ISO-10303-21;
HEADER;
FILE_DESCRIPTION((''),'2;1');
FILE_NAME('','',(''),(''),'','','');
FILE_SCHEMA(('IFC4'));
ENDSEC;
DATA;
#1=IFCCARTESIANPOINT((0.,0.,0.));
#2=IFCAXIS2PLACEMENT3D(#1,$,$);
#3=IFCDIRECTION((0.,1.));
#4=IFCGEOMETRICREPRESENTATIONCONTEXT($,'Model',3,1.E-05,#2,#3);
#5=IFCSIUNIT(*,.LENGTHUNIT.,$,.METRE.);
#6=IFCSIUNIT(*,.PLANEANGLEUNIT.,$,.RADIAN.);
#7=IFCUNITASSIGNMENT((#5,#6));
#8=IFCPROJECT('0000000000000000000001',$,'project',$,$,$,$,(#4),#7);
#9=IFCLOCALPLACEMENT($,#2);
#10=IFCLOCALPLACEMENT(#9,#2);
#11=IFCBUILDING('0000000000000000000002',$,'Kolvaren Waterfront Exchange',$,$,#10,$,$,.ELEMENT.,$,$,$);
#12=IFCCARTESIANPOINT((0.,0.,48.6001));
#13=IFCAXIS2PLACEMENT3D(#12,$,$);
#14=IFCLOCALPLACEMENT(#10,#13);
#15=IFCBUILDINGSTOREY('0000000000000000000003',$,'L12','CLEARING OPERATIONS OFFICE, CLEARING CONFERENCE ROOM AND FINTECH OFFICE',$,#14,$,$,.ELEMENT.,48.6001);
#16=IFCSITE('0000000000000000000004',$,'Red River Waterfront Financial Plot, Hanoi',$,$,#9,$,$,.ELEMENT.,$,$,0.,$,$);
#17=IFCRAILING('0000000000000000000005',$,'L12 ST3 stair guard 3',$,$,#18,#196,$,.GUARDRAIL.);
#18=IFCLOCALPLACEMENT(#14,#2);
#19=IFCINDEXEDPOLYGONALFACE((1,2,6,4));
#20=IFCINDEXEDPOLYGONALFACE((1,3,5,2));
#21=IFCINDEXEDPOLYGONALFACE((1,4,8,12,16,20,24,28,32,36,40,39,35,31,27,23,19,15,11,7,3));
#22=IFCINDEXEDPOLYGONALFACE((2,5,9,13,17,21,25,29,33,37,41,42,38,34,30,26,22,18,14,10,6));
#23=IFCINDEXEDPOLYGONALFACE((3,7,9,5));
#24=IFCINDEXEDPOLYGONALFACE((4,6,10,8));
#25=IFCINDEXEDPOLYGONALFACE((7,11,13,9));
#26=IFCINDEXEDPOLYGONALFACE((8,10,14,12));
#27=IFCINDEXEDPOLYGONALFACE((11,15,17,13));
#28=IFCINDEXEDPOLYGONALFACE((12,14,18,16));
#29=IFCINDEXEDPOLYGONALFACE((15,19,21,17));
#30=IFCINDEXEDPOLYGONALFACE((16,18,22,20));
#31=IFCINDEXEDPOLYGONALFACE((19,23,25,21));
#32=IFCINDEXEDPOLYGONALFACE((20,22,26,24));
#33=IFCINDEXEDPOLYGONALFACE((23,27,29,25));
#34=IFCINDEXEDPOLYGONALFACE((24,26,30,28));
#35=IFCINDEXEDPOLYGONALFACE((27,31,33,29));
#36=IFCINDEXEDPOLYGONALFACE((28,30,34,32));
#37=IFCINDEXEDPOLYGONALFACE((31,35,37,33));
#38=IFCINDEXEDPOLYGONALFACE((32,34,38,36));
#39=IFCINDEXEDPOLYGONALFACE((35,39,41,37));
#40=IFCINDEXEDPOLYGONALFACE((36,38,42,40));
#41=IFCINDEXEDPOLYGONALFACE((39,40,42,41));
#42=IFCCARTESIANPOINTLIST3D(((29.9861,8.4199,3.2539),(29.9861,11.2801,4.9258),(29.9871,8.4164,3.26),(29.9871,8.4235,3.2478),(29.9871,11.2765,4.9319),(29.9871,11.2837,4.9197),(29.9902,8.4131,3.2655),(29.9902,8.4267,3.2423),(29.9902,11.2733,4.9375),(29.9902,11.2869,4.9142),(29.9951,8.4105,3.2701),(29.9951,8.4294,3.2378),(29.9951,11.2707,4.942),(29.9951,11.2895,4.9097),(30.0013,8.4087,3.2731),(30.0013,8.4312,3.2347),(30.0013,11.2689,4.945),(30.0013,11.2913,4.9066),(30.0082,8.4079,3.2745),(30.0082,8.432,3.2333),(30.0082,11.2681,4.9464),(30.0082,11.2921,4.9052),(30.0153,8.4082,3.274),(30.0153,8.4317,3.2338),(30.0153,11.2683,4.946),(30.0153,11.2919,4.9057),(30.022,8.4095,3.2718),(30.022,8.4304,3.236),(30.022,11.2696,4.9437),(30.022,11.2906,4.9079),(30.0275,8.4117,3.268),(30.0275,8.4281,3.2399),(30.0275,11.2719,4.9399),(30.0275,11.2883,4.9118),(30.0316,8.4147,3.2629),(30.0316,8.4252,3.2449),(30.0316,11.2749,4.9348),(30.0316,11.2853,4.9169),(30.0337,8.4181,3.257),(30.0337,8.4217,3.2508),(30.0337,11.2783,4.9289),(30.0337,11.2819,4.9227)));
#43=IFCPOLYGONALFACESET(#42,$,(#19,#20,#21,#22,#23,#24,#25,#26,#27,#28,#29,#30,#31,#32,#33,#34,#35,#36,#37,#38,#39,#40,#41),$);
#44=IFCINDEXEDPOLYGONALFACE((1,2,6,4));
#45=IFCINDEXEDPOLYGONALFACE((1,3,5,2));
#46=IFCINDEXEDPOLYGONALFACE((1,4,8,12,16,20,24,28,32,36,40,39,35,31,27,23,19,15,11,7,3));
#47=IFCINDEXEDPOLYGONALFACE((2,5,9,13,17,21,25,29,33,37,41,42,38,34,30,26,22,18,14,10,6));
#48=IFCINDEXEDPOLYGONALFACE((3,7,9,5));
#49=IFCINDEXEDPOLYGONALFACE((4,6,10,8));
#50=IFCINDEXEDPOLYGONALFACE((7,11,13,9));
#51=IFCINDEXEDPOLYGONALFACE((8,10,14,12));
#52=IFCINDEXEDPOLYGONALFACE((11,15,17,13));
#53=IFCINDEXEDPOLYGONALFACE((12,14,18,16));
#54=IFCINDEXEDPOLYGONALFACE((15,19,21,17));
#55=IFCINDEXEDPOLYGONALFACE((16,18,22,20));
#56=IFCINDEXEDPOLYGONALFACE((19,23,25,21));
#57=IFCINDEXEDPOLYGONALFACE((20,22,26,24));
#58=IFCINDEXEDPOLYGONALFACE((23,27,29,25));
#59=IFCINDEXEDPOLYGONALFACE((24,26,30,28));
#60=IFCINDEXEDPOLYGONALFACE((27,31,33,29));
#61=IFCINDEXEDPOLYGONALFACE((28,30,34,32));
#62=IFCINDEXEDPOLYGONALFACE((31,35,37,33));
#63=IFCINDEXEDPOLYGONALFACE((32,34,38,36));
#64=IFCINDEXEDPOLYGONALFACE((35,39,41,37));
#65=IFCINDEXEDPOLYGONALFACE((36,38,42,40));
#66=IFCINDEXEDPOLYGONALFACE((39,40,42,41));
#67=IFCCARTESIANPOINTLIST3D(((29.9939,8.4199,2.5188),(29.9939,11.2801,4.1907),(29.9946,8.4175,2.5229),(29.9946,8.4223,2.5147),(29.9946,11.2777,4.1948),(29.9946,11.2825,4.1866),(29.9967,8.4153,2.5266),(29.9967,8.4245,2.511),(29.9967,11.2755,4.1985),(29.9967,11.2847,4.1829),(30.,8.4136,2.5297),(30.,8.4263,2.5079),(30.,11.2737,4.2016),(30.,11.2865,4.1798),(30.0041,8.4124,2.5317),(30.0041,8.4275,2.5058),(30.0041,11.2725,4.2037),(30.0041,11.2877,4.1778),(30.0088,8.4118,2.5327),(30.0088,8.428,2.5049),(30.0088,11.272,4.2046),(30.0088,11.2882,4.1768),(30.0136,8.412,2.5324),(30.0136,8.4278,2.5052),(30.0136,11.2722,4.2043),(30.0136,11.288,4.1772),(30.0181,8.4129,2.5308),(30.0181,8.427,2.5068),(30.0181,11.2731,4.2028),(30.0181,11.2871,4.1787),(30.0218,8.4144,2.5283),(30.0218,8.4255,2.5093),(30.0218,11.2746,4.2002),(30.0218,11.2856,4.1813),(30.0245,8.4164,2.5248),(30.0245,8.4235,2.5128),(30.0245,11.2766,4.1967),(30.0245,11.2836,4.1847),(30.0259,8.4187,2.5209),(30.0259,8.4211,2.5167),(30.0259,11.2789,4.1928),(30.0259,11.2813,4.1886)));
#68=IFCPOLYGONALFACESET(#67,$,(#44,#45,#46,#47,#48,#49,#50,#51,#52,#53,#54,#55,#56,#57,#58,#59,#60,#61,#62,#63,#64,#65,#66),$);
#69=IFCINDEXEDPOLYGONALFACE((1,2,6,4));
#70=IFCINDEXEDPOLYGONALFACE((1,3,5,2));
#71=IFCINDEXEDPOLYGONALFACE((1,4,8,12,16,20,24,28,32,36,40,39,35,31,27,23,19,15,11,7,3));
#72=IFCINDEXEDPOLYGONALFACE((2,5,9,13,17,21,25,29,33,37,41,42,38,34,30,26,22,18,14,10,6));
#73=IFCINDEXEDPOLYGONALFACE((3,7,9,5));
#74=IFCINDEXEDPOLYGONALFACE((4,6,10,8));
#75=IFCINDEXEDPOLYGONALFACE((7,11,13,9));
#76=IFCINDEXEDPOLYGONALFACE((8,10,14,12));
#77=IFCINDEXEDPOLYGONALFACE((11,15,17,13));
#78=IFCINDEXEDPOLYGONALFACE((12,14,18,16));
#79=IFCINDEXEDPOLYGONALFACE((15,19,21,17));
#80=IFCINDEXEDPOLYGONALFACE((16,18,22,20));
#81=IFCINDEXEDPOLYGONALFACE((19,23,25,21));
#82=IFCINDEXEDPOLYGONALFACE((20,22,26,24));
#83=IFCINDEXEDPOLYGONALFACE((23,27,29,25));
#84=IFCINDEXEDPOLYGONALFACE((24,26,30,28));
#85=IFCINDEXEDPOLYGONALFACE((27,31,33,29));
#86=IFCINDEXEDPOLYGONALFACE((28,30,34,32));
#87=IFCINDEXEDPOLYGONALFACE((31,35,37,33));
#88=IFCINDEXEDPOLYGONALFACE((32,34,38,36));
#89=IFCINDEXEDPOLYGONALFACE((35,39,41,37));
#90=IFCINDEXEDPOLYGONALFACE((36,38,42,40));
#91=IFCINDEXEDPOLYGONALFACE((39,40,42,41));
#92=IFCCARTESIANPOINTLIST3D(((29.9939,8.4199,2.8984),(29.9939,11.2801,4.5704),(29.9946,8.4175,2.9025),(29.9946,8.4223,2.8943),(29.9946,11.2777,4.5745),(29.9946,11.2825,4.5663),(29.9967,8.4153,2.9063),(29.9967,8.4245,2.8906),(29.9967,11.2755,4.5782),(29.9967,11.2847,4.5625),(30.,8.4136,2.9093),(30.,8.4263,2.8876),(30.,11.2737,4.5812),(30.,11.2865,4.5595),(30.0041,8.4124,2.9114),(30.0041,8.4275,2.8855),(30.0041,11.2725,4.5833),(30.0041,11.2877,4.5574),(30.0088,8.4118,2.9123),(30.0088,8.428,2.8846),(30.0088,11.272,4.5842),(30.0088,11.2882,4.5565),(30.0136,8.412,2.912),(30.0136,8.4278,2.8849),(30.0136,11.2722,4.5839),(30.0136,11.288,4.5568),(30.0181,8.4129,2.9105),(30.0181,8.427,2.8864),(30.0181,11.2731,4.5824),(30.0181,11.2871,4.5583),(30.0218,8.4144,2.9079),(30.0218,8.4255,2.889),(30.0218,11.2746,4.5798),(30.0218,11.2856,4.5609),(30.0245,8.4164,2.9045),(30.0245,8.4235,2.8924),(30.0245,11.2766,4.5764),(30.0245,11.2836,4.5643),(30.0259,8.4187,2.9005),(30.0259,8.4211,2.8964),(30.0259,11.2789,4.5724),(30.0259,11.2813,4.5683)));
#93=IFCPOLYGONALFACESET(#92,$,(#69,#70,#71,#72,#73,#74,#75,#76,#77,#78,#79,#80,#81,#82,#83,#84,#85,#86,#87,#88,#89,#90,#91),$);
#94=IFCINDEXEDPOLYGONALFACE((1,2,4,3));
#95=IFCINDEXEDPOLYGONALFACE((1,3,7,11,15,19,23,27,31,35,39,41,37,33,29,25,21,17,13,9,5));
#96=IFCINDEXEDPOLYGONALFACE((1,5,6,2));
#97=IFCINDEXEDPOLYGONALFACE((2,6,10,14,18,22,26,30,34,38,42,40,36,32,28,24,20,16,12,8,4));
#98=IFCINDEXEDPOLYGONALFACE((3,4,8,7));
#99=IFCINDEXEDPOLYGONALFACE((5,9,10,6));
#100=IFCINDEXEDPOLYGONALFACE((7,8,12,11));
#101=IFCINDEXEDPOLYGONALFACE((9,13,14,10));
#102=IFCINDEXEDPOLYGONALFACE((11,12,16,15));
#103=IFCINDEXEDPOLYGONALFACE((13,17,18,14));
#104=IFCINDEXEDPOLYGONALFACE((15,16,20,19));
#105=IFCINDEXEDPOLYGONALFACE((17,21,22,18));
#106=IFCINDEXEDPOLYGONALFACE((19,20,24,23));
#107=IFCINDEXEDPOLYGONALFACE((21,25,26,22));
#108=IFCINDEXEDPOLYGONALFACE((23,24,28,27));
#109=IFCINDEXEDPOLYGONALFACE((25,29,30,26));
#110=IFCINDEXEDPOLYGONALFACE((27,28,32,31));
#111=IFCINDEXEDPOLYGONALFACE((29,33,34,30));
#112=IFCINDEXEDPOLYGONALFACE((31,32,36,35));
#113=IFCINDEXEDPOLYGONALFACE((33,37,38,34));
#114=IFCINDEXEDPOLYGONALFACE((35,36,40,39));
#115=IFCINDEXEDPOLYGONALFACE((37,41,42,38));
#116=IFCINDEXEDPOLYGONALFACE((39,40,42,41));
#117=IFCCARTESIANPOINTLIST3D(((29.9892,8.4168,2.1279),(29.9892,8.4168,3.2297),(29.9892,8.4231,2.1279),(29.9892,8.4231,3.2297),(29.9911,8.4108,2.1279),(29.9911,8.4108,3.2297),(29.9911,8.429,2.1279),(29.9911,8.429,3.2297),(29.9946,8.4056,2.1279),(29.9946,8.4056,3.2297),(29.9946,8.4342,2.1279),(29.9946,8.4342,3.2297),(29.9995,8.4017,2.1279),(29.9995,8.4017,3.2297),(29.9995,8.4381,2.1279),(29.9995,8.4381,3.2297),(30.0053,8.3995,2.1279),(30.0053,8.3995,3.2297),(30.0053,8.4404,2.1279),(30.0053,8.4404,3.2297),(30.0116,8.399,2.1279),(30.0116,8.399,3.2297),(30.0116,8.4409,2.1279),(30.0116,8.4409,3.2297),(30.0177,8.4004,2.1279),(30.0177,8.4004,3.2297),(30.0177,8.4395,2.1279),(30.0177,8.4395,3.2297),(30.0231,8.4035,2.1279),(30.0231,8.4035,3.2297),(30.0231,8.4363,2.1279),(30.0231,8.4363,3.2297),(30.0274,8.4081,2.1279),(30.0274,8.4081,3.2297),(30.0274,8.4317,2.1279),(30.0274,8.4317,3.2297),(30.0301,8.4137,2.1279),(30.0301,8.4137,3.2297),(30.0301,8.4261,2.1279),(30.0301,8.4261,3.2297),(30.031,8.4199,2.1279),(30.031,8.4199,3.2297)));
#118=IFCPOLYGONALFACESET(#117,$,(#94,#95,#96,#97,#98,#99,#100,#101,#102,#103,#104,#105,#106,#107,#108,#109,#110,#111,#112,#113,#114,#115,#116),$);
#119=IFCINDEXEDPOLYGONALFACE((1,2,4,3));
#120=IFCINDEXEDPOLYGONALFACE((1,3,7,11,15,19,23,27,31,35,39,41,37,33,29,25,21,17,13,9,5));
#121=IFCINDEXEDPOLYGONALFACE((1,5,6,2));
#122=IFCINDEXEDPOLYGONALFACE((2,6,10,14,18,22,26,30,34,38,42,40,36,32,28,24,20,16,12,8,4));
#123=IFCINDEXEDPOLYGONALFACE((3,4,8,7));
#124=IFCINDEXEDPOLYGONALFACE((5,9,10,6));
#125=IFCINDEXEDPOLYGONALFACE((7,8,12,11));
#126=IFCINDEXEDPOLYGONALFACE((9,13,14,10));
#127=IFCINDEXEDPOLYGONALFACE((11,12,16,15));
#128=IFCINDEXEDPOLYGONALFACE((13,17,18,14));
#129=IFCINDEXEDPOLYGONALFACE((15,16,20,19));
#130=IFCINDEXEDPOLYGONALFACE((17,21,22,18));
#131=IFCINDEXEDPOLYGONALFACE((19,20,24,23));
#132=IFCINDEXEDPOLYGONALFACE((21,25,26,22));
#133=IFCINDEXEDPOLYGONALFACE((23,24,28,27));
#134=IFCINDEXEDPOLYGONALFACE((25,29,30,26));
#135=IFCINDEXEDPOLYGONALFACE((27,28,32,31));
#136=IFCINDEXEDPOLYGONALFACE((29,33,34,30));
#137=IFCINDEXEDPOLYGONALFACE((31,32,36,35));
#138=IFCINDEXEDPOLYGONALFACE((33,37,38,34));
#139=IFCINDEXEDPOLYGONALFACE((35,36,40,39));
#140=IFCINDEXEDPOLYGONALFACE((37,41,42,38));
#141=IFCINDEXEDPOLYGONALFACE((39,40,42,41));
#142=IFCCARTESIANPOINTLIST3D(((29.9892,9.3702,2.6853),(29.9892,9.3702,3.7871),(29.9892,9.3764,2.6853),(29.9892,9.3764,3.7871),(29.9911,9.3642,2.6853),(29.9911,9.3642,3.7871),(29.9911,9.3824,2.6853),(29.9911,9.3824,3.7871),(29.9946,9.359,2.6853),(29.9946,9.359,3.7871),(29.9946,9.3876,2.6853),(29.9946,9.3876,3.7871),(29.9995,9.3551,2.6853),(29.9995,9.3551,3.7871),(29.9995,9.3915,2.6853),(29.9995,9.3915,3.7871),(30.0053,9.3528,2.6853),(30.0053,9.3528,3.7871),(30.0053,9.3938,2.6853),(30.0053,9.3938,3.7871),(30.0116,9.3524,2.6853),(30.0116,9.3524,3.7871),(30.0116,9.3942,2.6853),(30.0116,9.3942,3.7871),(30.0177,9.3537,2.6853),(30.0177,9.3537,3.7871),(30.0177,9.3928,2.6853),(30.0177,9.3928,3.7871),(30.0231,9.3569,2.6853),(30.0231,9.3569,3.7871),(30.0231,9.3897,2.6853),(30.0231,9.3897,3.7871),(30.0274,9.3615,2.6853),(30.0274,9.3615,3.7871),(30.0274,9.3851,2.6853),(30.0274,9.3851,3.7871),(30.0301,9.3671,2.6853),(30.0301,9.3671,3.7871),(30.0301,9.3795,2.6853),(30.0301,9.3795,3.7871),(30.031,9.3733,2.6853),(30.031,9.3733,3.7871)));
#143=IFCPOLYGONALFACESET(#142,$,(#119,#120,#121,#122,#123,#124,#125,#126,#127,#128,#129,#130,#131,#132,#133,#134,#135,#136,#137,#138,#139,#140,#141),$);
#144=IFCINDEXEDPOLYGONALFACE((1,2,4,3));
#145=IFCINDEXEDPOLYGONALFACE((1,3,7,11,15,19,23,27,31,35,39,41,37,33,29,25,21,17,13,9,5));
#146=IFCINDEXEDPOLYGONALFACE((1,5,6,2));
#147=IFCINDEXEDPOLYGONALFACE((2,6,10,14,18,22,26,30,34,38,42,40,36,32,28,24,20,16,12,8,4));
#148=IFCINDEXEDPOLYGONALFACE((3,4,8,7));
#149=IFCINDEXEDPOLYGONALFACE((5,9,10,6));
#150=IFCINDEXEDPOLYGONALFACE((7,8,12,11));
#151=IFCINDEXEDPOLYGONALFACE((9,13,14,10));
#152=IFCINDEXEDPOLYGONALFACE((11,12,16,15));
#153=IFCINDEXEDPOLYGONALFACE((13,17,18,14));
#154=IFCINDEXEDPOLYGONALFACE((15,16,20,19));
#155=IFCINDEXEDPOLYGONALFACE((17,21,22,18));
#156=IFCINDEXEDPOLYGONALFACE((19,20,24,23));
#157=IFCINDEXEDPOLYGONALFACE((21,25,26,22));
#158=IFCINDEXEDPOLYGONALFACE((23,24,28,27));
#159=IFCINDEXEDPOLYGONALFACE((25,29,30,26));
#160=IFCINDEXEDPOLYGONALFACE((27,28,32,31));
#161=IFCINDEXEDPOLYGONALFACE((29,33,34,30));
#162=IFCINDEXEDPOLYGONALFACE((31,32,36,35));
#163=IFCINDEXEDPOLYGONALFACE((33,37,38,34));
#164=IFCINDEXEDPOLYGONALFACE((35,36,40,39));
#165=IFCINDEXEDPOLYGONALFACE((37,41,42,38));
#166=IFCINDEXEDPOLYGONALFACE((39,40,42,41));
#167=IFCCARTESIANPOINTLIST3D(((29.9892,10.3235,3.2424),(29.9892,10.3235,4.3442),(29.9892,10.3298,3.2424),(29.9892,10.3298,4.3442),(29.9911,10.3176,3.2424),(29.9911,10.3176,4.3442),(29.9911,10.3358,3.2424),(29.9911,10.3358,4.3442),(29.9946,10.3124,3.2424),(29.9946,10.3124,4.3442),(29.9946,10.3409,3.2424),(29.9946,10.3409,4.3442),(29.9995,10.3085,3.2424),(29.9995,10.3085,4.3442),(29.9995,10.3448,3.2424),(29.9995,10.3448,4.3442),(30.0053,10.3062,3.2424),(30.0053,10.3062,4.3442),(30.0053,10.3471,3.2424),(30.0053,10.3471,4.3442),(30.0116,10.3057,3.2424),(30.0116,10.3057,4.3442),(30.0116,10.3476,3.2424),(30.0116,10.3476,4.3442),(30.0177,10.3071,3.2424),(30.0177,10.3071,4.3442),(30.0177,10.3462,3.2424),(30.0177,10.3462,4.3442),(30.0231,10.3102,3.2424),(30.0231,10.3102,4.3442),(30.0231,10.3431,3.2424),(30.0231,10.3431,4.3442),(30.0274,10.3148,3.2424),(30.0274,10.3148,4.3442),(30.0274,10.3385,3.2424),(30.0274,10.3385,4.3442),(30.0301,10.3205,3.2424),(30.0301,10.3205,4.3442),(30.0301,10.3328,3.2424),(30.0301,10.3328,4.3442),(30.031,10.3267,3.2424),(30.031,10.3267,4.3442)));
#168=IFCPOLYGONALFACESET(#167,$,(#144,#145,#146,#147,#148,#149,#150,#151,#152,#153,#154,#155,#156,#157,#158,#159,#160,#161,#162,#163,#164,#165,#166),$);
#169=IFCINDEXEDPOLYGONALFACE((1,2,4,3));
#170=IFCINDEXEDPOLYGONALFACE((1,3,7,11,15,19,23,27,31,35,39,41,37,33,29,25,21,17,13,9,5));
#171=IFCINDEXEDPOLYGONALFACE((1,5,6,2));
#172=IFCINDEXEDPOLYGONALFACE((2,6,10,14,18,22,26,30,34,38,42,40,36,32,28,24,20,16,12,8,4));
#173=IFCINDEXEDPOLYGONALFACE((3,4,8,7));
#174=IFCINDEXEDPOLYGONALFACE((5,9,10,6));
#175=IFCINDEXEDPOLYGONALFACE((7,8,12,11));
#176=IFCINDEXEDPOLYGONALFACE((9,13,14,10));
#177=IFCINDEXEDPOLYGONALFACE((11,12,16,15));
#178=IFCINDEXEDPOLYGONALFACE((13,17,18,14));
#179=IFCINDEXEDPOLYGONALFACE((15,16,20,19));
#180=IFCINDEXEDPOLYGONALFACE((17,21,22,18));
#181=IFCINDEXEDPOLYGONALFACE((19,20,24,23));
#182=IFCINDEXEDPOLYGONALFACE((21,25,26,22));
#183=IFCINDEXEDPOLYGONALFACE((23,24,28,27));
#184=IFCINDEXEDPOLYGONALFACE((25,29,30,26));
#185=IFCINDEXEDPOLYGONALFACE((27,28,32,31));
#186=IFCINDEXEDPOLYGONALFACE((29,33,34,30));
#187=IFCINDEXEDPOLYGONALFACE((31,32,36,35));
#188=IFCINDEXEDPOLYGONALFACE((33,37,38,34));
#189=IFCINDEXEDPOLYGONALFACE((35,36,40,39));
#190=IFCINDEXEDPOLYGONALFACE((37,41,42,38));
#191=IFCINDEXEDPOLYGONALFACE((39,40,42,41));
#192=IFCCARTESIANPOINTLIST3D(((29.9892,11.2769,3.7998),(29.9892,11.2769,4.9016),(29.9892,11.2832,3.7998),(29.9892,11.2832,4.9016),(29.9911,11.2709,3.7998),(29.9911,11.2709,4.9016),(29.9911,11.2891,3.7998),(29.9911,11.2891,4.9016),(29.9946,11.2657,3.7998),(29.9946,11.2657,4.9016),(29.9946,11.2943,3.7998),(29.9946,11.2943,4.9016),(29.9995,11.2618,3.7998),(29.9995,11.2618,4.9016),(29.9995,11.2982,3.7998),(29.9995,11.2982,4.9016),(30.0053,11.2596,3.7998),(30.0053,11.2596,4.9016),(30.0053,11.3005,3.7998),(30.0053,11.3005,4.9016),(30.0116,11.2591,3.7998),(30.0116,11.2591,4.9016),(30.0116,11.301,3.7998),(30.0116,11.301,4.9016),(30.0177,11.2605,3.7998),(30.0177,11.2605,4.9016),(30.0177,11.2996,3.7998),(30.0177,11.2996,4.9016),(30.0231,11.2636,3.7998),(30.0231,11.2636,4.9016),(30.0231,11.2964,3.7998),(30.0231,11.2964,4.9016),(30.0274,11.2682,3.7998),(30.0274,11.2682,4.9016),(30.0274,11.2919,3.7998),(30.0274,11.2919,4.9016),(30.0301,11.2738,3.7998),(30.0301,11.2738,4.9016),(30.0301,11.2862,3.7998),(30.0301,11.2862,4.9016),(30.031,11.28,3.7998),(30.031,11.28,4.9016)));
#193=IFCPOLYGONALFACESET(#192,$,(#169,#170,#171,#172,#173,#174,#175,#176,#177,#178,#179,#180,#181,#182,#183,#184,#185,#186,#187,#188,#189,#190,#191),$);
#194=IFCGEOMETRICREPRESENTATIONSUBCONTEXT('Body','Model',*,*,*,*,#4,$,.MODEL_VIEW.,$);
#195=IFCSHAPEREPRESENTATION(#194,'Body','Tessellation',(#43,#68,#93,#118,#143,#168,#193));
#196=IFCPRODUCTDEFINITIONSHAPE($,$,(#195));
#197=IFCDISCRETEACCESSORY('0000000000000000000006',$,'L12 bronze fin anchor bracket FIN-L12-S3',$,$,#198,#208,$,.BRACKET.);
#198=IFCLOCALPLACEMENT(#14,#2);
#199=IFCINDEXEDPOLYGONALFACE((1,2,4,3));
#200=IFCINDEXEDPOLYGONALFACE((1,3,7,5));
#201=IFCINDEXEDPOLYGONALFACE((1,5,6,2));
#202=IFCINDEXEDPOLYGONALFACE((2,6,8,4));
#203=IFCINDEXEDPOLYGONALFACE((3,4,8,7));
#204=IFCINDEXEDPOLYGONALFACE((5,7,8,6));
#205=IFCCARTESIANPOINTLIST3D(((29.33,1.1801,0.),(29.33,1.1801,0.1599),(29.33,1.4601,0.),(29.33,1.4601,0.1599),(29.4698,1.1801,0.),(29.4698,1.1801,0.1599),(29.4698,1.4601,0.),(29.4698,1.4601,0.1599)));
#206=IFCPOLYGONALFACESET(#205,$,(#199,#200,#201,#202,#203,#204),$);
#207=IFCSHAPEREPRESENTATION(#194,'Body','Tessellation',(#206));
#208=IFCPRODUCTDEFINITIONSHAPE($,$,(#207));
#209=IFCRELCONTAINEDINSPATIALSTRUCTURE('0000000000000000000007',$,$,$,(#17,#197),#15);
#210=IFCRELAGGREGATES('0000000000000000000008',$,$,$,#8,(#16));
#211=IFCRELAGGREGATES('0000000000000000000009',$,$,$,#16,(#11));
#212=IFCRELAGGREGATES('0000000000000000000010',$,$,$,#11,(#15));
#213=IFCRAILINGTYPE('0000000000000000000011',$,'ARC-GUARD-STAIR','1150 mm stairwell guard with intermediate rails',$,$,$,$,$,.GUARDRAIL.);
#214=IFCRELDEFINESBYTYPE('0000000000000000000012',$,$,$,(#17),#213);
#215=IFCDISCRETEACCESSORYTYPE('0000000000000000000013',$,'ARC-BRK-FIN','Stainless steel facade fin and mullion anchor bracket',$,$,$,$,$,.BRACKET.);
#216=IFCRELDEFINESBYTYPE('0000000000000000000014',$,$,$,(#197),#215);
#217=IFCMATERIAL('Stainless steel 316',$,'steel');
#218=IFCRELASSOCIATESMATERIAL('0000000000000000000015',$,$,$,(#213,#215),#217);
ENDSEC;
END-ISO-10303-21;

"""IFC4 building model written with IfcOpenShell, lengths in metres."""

from ifc_helpers import new_model, si_unit, direction, frame, origin, origin_with_axes, origin_2d, place, context, subcontext, project, spatial, rectangle, circle, extrude, source, transform, mapped, material, type_object, element, save


model = new_model("IFC4")

# Units and contexts
model_context = context("Model", 3, precision=1e-05, world=origin(), true_north=direction((0.0, 1.0)))
body_context = subcontext(model_context, "Body", "Model", "MODEL_VIEW")
ifc_project = project(units=[si_unit("LENGTHUNIT", "METRE"), si_unit("PLANEANGLEUNIT", "RADIAN")], contexts=[model_context])

# Site, building, storey
site_placement = place(None, origin())
site = spatial("IfcSite", under=ifc_project, at=site_placement, Name="Red River Waterfront Financial Plot, Hanoi", CompositionType="ELEMENT", RefElevation=0.0)
building_placement = place(site_placement, origin())
building = spatial("IfcBuilding", under=site, at=building_placement, Name="Kolvaren Waterfront Exchange", CompositionType="ELEMENT")
storey_placement = place(building_placement, frame((0.0, 0.0, 48.6001)))
storey = spatial("IfcBuildingStorey", under=building, at=storey_placement, Name="L12", Description="CLEARING OPERATIONS OFFICE, CLEARING CONFERENCE ROOM AND FINTECH OFFICE", CompositionType="ELEMENT", Elevation=48.6001)

# Railing
ifc_material_1 = material(Name="Stainless steel 316", Category="steel")
railing_type = type_object("IfcRailingType", Name="ARC-GUARD-STAIR", Description="1150 mm stairwell guard with intermediate rails", PredefinedType="GUARDRAIL", material=ifc_material_1)
railing_1_placement = place(storey_placement, frame((30.01, 8.4199, 2.1279)))
element("IfcRailing", 1, at=railing_1_placement, inside=storey, type_object=railing_type, Name="L12 ST3 stair guard 3", PredefinedType="GUARDRAIL", context=body_context, shape_type="SweptSolid", body=[
    extrude(circle(Radius=0.0239, at=origin_2d()), frame((0.0, 0.0, 1.126), z_axis=(0.0, 0.863321, 0.504654), x_axis=(-1.0, 0.0, 0.0)), (0.0, 0.0, 1.0), 3.313),
    extrude(circle(Radius=0.0161, at=origin_2d()), frame((0.0, 0.0, 0.3909), z_axis=(0.0, 0.863321, 0.504654), x_axis=(-1.0, 0.0, 0.0)), (0.0, 0.0, 1.0), 3.313),
    extrude(circle(Radius=0.0161, at=origin_2d()), frame((0.0, 0.0, 0.7705), z_axis=(0.0, 0.863321, 0.504654), x_axis=(-1.0, 0.0, 0.0)), (0.0, 0.0, 1.0), 3.313),
    extrude(circle(Radius=0.021, at=origin_2d()), origin(), (0.0, 0.0, 1.0), 1.1018),
    extrude(circle(Radius=0.021, at=origin_2d()), frame((0.0, 0.9534, 0.5574)), (0.0, 0.0, 1.0), 1.1018),
    extrude(circle(Radius=0.021, at=origin_2d()), frame((0.0, 1.9067, 1.1145)), (0.0, 0.0, 1.0), 1.1018),
    extrude(circle(Radius=0.021, at=origin_2d()), frame((0.0, 2.8601, 1.6719)), (0.0, 0.0, 1.0), 1.1018),
])

# Discrete accessory
discrete_accessory_type = type_object("IfcDiscreteAccessoryType", Name="ARC-BRK-FIN", Description="Stainless steel facade fin and mullion anchor bracket", PredefinedType="BRACKET", material=ifc_material_1)
shared_shape_1 = source(origin_with_axes(), body_context, "Body", "SweptSolid", [
    extrude(rectangle(XDim=0.28, YDim=0.1399, at=origin_2d()), origin(), (0.0, 0.0, 1.0), 0.1599),
])
discrete_accessory_placement = place(storey_placement, frame((29.3999, 1.3201, 0.0), z_axis=(0.0, 0.0, 1.0), x_axis=(0.0, -1.0, 0.0)))
element("IfcDiscreteAccessory", 2, at=discrete_accessory_placement, inside=storey, type_object=discrete_accessory_type, Name="L12 bronze fin anchor bracket FIN-L12-S3", PredefinedType="BRACKET", context=body_context, shape_type="MappedRepresentation", body=[
    mapped(shared_shape_1, transform((0.0, 0.0, 0.0), x_axis=(1.0, 0.0, 0.0), y_axis=(0.0, 1.0, 0.0), z_axis=(0.0, 0.0, 1.0), scale=1.0)),
])

save(model, "model.ifc")
